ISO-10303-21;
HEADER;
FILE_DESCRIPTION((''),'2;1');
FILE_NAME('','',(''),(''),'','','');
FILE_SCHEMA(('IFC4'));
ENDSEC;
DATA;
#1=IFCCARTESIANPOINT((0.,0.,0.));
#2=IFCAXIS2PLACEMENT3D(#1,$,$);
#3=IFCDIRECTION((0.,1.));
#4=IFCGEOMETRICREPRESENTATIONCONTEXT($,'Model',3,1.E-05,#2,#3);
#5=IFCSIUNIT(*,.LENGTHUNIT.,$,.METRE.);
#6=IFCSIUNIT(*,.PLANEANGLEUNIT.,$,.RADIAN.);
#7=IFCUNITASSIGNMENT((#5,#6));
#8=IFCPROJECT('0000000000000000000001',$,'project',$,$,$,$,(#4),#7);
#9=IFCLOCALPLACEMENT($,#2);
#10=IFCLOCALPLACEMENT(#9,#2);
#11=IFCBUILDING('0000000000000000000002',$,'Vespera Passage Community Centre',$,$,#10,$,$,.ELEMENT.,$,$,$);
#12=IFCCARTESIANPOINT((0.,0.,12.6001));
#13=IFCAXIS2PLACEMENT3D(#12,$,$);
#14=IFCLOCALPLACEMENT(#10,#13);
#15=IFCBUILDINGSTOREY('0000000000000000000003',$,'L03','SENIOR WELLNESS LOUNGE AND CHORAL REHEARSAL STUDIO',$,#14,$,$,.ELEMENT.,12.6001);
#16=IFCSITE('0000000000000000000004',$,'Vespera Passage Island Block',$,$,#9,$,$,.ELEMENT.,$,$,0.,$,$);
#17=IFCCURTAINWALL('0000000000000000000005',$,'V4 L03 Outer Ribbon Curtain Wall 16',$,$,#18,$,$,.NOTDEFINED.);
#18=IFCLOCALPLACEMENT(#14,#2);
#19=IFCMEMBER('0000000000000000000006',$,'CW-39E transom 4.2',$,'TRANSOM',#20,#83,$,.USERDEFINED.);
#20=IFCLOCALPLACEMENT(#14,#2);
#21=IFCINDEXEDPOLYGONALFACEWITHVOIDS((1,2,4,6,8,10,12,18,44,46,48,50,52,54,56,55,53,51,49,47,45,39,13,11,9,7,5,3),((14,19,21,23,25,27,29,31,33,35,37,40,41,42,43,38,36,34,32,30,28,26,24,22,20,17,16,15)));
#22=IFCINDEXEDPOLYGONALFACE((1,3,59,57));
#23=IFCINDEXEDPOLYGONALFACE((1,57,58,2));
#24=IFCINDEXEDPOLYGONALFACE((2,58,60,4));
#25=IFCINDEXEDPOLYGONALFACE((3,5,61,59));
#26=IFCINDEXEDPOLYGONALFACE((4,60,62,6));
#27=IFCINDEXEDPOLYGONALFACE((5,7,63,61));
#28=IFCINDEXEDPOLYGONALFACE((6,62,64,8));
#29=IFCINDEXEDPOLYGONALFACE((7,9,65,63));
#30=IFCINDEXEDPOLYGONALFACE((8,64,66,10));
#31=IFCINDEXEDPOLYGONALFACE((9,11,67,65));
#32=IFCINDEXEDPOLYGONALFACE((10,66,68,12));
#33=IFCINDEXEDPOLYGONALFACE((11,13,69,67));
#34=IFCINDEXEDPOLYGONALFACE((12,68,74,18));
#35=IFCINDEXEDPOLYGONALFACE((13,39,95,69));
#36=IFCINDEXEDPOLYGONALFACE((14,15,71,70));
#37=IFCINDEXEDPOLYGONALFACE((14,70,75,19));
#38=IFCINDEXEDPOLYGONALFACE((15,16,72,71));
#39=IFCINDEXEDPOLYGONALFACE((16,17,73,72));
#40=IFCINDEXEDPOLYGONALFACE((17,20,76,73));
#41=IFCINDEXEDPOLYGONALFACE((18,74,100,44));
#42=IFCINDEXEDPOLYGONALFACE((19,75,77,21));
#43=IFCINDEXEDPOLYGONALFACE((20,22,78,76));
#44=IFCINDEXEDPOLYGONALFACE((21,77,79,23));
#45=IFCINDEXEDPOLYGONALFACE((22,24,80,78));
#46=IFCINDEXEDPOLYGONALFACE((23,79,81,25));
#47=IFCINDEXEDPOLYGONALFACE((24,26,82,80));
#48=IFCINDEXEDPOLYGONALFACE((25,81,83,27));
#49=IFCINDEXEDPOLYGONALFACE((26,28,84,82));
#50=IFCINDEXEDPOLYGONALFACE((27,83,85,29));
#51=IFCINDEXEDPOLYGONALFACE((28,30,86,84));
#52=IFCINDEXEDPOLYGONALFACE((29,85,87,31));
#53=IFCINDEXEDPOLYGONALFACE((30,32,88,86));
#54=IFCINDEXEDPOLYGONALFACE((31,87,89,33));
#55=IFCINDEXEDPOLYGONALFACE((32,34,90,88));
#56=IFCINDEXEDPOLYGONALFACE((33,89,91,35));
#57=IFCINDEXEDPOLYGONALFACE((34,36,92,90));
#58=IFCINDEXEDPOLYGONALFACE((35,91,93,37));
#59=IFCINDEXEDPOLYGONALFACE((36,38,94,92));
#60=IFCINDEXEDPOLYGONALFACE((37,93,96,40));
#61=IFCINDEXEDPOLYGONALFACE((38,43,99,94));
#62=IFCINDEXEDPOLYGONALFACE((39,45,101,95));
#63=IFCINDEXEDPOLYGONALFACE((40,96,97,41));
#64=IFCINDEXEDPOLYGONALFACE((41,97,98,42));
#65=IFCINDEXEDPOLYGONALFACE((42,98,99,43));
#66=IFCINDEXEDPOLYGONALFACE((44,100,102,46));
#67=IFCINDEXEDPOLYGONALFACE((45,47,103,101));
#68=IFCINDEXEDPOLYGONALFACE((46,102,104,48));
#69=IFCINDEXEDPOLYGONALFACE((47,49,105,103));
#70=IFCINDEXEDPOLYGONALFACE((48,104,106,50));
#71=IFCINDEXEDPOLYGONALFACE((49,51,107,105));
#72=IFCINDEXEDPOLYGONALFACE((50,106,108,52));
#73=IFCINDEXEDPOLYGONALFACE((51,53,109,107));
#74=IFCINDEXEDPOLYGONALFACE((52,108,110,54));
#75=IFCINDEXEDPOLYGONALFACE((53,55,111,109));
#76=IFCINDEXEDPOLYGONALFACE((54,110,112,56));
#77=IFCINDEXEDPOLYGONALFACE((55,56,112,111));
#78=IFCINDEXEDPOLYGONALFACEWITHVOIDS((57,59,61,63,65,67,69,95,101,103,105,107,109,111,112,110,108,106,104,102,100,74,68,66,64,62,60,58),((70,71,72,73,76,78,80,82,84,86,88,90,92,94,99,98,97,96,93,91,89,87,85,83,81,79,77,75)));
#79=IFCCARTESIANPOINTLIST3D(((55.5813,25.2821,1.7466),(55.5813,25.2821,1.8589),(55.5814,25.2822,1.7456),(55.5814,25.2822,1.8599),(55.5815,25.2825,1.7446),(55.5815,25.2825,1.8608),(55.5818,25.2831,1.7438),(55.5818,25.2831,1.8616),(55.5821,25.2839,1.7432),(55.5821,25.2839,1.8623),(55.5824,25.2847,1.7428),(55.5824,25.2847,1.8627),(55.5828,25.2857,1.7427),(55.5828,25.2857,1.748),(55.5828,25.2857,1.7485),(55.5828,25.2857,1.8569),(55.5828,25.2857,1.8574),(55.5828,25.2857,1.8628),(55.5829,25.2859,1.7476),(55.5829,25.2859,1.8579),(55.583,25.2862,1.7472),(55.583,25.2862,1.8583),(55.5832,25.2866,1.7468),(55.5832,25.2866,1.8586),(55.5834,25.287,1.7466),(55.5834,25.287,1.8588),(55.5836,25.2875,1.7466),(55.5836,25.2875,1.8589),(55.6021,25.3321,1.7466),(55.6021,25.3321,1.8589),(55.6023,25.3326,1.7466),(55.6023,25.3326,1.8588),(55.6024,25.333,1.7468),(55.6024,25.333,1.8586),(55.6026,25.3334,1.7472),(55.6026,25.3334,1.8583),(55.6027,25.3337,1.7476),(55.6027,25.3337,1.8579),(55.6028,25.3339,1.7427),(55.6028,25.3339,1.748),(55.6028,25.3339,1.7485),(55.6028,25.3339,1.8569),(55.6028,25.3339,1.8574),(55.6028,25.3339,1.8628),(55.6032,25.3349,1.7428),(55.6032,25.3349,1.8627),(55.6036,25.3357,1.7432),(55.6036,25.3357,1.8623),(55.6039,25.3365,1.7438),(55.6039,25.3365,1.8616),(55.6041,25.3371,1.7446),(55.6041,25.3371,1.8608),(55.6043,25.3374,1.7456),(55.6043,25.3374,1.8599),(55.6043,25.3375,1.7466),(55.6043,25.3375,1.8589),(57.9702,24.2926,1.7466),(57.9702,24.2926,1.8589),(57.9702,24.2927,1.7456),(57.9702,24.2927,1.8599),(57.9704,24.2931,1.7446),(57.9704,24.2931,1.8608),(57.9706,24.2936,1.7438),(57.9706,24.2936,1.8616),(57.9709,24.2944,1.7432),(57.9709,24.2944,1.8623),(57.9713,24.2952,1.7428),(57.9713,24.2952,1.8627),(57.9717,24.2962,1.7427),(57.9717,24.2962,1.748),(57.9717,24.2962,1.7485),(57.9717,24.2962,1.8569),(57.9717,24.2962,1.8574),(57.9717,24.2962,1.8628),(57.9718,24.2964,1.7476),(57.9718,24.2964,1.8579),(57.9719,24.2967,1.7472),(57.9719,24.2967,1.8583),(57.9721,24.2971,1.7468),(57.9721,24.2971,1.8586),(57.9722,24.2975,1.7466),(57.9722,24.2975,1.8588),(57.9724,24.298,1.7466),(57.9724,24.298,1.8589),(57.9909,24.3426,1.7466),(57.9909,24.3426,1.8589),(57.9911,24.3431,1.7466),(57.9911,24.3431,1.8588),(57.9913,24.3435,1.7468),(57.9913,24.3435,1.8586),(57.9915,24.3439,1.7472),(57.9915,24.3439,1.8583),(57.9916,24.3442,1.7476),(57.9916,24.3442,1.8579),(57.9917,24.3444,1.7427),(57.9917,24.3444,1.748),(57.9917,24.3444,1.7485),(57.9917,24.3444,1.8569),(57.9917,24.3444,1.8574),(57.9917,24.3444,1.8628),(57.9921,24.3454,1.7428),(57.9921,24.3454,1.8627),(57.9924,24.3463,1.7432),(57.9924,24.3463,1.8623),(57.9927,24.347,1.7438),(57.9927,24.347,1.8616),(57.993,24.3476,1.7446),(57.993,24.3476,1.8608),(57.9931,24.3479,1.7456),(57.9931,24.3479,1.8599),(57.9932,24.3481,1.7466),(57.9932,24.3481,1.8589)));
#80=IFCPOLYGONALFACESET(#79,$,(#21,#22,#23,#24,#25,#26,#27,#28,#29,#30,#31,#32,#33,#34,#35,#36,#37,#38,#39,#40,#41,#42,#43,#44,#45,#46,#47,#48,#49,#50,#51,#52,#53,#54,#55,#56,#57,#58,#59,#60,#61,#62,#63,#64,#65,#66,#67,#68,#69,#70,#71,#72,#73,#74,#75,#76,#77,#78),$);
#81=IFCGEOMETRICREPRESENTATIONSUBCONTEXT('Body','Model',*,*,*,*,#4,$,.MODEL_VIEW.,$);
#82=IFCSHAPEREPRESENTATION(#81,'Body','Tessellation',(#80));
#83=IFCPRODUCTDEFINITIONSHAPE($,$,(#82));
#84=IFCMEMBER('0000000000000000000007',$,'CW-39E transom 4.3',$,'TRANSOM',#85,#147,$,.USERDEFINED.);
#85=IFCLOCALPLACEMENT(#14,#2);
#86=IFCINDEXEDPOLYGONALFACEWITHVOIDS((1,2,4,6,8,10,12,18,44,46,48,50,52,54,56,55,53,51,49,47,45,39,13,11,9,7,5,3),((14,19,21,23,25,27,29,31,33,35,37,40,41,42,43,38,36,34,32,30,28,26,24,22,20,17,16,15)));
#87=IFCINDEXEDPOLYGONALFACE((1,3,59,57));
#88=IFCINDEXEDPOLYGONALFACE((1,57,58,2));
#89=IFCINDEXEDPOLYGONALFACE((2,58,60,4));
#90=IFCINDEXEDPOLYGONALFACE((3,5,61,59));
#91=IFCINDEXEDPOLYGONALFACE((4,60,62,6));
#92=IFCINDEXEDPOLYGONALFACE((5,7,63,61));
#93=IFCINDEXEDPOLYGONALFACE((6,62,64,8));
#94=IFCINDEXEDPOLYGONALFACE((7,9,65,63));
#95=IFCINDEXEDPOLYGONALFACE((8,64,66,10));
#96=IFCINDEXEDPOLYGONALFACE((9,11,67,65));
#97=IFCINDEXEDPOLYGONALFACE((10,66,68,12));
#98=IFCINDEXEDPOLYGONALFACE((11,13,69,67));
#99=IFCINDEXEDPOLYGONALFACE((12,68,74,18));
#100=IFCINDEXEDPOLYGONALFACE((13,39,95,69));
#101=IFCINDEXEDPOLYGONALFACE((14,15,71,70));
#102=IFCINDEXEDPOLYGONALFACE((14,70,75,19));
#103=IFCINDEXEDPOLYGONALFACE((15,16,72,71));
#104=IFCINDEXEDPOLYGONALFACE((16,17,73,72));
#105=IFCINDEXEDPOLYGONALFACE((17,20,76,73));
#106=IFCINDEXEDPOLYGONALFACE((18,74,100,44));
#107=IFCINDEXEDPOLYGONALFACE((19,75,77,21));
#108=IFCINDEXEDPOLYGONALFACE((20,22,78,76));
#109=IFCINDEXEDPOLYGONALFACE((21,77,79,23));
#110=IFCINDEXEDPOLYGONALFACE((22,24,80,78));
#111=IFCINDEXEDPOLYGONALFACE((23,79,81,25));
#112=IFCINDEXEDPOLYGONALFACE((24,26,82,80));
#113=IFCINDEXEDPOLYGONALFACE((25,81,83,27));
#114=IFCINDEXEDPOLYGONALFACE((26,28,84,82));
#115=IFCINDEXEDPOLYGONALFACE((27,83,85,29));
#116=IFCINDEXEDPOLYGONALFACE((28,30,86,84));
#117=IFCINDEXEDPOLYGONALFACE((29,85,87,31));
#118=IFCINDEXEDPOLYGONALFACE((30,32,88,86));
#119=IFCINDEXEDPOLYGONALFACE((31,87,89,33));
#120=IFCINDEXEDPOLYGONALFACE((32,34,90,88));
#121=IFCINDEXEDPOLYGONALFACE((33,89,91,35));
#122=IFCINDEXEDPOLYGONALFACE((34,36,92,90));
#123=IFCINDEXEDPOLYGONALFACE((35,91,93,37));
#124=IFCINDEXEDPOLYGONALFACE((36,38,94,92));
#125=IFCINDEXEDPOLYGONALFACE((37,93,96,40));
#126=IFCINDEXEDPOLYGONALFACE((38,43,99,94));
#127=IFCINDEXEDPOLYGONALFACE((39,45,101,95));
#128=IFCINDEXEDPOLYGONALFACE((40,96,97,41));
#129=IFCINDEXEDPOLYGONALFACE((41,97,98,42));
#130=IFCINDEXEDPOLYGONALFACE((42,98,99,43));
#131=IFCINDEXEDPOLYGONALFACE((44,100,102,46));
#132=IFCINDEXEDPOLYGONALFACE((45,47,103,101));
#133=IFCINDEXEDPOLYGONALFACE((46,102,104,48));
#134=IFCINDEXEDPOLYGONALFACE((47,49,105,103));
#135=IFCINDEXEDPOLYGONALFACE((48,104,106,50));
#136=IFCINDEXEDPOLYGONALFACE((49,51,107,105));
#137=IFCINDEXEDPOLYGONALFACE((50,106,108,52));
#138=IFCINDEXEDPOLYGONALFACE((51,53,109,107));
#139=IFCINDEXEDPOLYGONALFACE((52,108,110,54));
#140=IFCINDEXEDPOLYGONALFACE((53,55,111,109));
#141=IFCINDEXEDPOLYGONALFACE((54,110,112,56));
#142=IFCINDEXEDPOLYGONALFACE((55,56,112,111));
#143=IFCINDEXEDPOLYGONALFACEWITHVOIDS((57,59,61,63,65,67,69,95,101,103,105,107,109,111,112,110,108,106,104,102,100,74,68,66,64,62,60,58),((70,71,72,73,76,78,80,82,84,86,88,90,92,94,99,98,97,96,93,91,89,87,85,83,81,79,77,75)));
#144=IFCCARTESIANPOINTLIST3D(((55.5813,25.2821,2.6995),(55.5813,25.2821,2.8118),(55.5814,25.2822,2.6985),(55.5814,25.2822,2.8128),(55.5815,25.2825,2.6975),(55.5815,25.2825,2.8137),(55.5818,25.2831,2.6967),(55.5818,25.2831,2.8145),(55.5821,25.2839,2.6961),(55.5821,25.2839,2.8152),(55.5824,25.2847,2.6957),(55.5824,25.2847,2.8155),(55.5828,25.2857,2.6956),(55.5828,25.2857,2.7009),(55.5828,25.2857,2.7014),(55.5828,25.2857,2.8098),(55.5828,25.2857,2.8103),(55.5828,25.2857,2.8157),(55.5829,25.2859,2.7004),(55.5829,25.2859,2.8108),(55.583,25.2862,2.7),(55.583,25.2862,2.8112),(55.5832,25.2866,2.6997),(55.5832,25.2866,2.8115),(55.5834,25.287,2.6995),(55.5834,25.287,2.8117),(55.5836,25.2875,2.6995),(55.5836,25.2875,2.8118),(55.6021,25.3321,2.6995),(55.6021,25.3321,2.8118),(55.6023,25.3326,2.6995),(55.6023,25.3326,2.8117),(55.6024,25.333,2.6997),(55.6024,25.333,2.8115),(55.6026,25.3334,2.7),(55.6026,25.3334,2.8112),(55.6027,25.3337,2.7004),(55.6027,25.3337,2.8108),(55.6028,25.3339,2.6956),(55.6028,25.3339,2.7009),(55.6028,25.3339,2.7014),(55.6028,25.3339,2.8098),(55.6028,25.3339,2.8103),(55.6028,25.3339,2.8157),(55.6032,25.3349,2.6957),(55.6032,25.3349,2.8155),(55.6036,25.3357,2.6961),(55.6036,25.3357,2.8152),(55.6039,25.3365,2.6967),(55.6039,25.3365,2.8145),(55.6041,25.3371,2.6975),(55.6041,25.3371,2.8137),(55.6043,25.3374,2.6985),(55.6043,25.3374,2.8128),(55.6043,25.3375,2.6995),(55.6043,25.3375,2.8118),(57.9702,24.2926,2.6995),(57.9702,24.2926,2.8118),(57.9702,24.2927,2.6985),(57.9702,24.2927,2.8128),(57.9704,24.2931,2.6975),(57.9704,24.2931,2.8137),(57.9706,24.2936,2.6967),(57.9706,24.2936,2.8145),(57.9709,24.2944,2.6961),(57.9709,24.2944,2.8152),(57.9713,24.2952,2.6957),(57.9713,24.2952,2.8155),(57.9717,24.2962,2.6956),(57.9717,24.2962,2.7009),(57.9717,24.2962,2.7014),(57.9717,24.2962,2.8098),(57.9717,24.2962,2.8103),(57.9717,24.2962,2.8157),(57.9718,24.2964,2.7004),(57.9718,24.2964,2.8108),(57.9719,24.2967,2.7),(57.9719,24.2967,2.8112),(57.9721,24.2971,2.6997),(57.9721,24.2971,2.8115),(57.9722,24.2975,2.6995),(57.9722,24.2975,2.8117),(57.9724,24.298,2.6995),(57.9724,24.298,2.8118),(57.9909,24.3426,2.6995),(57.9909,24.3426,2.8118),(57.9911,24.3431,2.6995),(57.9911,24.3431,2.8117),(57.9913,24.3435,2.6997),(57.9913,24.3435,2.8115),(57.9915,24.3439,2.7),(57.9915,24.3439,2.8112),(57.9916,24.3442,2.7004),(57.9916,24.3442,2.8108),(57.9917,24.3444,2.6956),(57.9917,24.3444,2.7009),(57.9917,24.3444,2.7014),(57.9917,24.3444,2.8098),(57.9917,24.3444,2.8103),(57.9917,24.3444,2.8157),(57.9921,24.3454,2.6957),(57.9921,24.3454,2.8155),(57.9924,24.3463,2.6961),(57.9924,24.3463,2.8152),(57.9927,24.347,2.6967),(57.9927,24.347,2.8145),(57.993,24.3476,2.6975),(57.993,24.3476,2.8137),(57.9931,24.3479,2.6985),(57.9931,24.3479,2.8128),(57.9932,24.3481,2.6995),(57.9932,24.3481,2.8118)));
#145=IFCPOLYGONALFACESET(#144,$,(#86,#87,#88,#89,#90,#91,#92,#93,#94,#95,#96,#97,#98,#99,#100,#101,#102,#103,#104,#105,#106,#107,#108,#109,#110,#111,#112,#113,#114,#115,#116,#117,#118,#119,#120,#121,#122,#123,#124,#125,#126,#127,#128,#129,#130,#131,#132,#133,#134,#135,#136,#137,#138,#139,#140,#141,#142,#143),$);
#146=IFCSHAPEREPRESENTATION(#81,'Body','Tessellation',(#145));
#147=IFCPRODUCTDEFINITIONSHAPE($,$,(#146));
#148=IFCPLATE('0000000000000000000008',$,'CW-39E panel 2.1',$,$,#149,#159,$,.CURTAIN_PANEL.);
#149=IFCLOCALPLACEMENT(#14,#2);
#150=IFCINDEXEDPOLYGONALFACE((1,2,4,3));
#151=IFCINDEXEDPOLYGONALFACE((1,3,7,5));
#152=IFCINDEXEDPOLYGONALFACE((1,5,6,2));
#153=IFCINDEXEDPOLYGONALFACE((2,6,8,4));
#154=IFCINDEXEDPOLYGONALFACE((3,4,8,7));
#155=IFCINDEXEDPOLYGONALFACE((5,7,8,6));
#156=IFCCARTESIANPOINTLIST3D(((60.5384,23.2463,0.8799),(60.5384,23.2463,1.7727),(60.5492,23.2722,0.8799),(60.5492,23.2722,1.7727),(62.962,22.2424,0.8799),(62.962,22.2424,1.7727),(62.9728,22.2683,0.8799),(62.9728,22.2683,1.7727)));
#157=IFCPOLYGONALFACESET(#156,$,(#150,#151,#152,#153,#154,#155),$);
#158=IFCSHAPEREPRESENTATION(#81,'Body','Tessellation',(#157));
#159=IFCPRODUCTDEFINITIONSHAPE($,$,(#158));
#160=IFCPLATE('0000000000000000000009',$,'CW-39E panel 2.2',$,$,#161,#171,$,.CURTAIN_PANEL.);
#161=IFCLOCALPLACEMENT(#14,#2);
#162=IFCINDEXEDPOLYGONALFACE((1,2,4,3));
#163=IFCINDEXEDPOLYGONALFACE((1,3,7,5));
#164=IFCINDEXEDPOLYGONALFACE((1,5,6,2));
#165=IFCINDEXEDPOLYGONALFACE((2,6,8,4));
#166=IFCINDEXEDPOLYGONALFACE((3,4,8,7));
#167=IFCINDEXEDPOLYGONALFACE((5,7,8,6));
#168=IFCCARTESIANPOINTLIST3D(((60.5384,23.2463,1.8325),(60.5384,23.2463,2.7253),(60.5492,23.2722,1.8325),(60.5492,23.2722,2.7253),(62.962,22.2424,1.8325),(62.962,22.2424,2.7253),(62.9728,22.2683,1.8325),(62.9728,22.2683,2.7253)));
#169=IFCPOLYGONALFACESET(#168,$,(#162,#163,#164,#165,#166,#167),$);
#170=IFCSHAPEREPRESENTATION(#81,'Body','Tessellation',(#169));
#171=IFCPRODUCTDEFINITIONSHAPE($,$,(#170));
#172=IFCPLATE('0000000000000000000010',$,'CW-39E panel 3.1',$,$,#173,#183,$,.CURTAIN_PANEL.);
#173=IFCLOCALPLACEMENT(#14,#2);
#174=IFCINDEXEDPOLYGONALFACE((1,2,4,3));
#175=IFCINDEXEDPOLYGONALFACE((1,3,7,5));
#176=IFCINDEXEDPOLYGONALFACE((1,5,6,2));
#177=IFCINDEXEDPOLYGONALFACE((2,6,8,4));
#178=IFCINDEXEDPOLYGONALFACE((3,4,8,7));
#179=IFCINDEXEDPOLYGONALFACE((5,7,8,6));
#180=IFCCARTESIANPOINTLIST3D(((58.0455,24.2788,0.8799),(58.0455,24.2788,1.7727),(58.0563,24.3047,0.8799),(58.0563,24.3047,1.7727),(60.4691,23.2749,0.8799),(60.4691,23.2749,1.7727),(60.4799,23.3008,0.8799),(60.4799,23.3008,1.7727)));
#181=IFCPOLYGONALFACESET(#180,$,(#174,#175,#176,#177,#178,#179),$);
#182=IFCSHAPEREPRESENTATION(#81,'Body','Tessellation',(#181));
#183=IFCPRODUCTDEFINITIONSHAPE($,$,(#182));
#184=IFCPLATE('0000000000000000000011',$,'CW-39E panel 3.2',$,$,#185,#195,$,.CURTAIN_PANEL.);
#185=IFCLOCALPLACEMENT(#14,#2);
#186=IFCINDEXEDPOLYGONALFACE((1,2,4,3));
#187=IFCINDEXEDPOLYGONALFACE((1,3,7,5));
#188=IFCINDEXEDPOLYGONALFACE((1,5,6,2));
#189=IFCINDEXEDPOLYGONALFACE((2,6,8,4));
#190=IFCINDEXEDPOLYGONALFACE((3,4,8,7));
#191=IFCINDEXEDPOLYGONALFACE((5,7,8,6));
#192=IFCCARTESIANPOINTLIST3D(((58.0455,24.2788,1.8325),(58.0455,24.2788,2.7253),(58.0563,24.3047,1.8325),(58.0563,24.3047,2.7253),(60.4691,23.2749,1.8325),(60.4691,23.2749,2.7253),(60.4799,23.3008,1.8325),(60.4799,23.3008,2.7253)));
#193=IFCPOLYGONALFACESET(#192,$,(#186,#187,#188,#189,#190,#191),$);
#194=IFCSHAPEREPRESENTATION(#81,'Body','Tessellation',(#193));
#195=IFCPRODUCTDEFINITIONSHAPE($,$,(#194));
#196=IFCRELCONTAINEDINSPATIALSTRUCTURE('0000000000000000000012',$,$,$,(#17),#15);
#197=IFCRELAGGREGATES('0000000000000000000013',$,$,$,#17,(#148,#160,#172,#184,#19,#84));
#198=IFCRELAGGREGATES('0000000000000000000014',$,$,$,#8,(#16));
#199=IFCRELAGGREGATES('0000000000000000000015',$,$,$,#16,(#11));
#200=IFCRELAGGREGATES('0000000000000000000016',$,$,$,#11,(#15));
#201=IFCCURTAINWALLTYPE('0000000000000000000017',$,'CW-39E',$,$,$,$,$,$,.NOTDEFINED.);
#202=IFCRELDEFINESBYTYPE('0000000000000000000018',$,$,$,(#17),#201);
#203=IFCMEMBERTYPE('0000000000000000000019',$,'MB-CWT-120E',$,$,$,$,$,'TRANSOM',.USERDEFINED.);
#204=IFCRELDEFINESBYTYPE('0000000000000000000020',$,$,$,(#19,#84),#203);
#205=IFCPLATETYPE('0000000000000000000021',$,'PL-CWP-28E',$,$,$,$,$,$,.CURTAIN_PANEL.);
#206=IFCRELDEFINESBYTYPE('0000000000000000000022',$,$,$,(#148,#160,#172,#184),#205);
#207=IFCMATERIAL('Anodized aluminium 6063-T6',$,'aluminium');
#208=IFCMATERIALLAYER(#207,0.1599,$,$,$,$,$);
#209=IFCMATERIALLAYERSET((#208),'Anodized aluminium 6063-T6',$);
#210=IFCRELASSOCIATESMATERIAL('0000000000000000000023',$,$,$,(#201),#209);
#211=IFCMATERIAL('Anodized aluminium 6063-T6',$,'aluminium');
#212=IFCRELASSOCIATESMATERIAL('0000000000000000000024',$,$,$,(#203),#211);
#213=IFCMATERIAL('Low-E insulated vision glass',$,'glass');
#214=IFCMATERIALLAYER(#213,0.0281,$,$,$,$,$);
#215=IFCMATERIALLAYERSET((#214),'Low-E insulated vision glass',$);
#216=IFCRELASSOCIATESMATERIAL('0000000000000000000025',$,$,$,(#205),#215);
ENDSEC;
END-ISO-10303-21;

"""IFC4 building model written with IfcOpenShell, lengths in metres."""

from ifc_helpers import new_model, si_unit, direction, frame, origin, origin_2d, place, context, subcontext, project, spatial, rectangle, hollow_rectangle, extrude, material, layer, layer_set, material_profile, profile_set, type_object, element, aggregate, save


model = new_model("IFC4")

# Units and contexts
model_context = context("Model", 3, precision=1e-05, world=origin(), true_north=direction((0.0, 1.0)))
body_context = subcontext(model_context, "Body", "Model", "MODEL_VIEW")
ifc_project = project(units=[si_unit("LENGTHUNIT", "METRE"), si_unit("PLANEANGLEUNIT", "RADIAN")], contexts=[model_context])

# Site, building, storey
site_placement = place(None, origin())
site = spatial("IfcSite", under=ifc_project, at=site_placement, Name="Vespera Passage Island Block", CompositionType="ELEMENT", RefElevation=0.0)
building_placement = place(site_placement, origin())
building = spatial("IfcBuilding", under=site, at=building_placement, Name="Vespera Passage Community Centre", CompositionType="ELEMENT")
storey_placement = place(building_placement, frame((0.0, 0.0, 12.6001)))
storey = spatial("IfcBuildingStorey", under=building, at=storey_placement, Name="L03", Description="SENIOR WELLNESS LOUNGE AND CHORAL REHEARSAL STUDIO", CompositionType="ELEMENT", Elevation=12.6001)

# Curtain wall, members, plates
ifc_material_1 = material(Name="Anodized aluminium 6063-T6", Category="aluminium")
ifc_layer_1 = layer(ifc_material_1, 0.1599)
ifc_layer_set_1 = layer_set([ifc_layer_1], Name="Anodized aluminium 6063-T6")
curtain_wall_type = type_object("IfcCurtainWallType", Name="CW-39E", PredefinedType="NOTDEFINED", material=ifc_layer_set_1)
curtain_wall_placement = place(storey_placement, origin())
curtain_wall = element("IfcCurtainWall", 1, at=curtain_wall_placement, inside=storey, type_object=curtain_wall_type, Name="V4 L03 Outer Ribbon Curtain Wall 16", PredefinedType="NOTDEFINED")
ifc_material_2 = material(Name="Anodized aluminium 6063-T6", Category="aluminium")
ifc_material_profile_1 = material_profile(ifc_material_2, hollow_rectangle(XDim=0.0601, YDim=0.1201, WallThickness=0.0039, InnerFilletRadius=0.002, OuterFilletRadius=0.0039, at=origin_2d()), Name="ALU120X60X4")
ifc_profile_set_1 = profile_set([ifc_material_profile_1], Name="Anodized aluminium 6063-T6")
member_type_1 = type_object("IfcMemberType", Name="MB-CWT-120E", ElementType="TRANSOM", PredefinedType="USERDEFINED", material=ifc_profile_set_1)
member_1_placement = place(storey_placement, frame((57.9817, 24.3203, 1.8027), z_axis=(-0.923882, 0.382677, 0.0), x_axis=(-0.382677, -0.923882, 0.0)))
member_1 = element("IfcMember", 2, at=member_1_placement, type_object=member_type_1, Name="CW-39E transom 4.2", ObjectType="TRANSOM", PredefinedType="USERDEFINED", context=body_context, shape_type="SweptSolid", body=[
    extrude(hollow_rectangle(XDim=0.0601, YDim=0.1201, WallThickness=0.0039, InnerFilletRadius=0.002, OuterFilletRadius=0.0039, at=origin_2d()), origin(), (0.0, 0.0, 1.0), 2.5857),
])
member_2_placement = place(storey_placement, frame((57.9817, 24.3203, 2.7556), z_axis=(-0.923882, 0.382677, 0.0), x_axis=(-0.382677, -0.923882, 0.0)))
member_2 = element("IfcMember", 3, at=member_2_placement, type_object=member_type_1, Name="CW-39E transom 4.3", ObjectType="TRANSOM", PredefinedType="USERDEFINED", context=body_context, shape_type="SweptSolid", body=[
    extrude(hollow_rectangle(XDim=0.0601, YDim=0.1201, WallThickness=0.0039, InnerFilletRadius=0.002, OuterFilletRadius=0.0039, at=origin_2d()), origin(), (0.0, 0.0, 1.0), 2.5857),
])
ifc_material_3 = material(Name="Low-E insulated vision glass", Category="glass")
ifc_layer_2 = layer(ifc_material_3, 0.0281)
ifc_layer_set_2 = layer_set([ifc_layer_2], Name="Low-E insulated vision glass")
plate_type = type_object("IfcPlateType", Name="PL-CWP-28E", PredefinedType="CURTAIN_PANEL", material=ifc_layer_set_2)
plate_1_placement = place(storey_placement, frame((61.7556, 22.7573, 0.8799), z_axis=(0.0, 0.0, 1.0), x_axis=(-0.92388, 0.382683, 0.0)))
plate_1 = element("IfcPlate", 4, at=plate_1_placement, type_object=plate_type, Name="CW-39E panel 2.1", PredefinedType="CURTAIN_PANEL", context=body_context, shape_type="SweptSolid", body=[
    extrude(rectangle(XDim=2.6233, YDim=0.0281, at=origin_2d()), origin(), (0.0, 0.0, 1.0), 0.8928),
])
plate_2_placement = place(storey_placement, frame((61.7556, 22.7573, 1.8325), z_axis=(0.0, 0.0, 1.0), x_axis=(-0.92388, 0.382683, 0.0)))
plate_2 = element("IfcPlate", 5, at=plate_2_placement, type_object=plate_type, Name="CW-39E panel 2.2", PredefinedType="CURTAIN_PANEL", context=body_context, shape_type="SweptSolid", body=[
    extrude(rectangle(XDim=2.6233, YDim=0.0281, at=origin_2d()), origin(), (0.0, 0.0, 1.0), 0.8928),
])
plate_3_placement = place(storey_placement, frame((59.2627, 23.7898, 0.8799), z_axis=(0.0, 0.0, 1.0), x_axis=(-0.92388, 0.382683, 0.0)))
plate_3 = element("IfcPlate", 6, at=plate_3_placement, type_object=plate_type, Name="CW-39E panel 3.1", PredefinedType="CURTAIN_PANEL", context=body_context, shape_type="SweptSolid", body=[
    extrude(rectangle(XDim=2.6233, YDim=0.0281, at=origin_2d()), origin(), (0.0, 0.0, 1.0), 0.8928),
])
plate_4_placement = place(storey_placement, frame((59.2627, 23.7898, 1.8325), z_axis=(0.0, 0.0, 1.0), x_axis=(-0.92388, 0.382683, 0.0)))
plate_4 = element("IfcPlate", 7, at=plate_4_placement, type_object=plate_type, Name="CW-39E panel 3.2", PredefinedType="CURTAIN_PANEL", context=body_context, shape_type="SweptSolid", body=[
    extrude(rectangle(XDim=2.6233, YDim=0.0281, at=origin_2d()), origin(), (0.0, 0.0, 1.0), 0.8928),
])
aggregate(curtain_wall, [plate_1, plate_2, plate_3, plate_4, member_1, member_2])

save(model, "model.ifc")
